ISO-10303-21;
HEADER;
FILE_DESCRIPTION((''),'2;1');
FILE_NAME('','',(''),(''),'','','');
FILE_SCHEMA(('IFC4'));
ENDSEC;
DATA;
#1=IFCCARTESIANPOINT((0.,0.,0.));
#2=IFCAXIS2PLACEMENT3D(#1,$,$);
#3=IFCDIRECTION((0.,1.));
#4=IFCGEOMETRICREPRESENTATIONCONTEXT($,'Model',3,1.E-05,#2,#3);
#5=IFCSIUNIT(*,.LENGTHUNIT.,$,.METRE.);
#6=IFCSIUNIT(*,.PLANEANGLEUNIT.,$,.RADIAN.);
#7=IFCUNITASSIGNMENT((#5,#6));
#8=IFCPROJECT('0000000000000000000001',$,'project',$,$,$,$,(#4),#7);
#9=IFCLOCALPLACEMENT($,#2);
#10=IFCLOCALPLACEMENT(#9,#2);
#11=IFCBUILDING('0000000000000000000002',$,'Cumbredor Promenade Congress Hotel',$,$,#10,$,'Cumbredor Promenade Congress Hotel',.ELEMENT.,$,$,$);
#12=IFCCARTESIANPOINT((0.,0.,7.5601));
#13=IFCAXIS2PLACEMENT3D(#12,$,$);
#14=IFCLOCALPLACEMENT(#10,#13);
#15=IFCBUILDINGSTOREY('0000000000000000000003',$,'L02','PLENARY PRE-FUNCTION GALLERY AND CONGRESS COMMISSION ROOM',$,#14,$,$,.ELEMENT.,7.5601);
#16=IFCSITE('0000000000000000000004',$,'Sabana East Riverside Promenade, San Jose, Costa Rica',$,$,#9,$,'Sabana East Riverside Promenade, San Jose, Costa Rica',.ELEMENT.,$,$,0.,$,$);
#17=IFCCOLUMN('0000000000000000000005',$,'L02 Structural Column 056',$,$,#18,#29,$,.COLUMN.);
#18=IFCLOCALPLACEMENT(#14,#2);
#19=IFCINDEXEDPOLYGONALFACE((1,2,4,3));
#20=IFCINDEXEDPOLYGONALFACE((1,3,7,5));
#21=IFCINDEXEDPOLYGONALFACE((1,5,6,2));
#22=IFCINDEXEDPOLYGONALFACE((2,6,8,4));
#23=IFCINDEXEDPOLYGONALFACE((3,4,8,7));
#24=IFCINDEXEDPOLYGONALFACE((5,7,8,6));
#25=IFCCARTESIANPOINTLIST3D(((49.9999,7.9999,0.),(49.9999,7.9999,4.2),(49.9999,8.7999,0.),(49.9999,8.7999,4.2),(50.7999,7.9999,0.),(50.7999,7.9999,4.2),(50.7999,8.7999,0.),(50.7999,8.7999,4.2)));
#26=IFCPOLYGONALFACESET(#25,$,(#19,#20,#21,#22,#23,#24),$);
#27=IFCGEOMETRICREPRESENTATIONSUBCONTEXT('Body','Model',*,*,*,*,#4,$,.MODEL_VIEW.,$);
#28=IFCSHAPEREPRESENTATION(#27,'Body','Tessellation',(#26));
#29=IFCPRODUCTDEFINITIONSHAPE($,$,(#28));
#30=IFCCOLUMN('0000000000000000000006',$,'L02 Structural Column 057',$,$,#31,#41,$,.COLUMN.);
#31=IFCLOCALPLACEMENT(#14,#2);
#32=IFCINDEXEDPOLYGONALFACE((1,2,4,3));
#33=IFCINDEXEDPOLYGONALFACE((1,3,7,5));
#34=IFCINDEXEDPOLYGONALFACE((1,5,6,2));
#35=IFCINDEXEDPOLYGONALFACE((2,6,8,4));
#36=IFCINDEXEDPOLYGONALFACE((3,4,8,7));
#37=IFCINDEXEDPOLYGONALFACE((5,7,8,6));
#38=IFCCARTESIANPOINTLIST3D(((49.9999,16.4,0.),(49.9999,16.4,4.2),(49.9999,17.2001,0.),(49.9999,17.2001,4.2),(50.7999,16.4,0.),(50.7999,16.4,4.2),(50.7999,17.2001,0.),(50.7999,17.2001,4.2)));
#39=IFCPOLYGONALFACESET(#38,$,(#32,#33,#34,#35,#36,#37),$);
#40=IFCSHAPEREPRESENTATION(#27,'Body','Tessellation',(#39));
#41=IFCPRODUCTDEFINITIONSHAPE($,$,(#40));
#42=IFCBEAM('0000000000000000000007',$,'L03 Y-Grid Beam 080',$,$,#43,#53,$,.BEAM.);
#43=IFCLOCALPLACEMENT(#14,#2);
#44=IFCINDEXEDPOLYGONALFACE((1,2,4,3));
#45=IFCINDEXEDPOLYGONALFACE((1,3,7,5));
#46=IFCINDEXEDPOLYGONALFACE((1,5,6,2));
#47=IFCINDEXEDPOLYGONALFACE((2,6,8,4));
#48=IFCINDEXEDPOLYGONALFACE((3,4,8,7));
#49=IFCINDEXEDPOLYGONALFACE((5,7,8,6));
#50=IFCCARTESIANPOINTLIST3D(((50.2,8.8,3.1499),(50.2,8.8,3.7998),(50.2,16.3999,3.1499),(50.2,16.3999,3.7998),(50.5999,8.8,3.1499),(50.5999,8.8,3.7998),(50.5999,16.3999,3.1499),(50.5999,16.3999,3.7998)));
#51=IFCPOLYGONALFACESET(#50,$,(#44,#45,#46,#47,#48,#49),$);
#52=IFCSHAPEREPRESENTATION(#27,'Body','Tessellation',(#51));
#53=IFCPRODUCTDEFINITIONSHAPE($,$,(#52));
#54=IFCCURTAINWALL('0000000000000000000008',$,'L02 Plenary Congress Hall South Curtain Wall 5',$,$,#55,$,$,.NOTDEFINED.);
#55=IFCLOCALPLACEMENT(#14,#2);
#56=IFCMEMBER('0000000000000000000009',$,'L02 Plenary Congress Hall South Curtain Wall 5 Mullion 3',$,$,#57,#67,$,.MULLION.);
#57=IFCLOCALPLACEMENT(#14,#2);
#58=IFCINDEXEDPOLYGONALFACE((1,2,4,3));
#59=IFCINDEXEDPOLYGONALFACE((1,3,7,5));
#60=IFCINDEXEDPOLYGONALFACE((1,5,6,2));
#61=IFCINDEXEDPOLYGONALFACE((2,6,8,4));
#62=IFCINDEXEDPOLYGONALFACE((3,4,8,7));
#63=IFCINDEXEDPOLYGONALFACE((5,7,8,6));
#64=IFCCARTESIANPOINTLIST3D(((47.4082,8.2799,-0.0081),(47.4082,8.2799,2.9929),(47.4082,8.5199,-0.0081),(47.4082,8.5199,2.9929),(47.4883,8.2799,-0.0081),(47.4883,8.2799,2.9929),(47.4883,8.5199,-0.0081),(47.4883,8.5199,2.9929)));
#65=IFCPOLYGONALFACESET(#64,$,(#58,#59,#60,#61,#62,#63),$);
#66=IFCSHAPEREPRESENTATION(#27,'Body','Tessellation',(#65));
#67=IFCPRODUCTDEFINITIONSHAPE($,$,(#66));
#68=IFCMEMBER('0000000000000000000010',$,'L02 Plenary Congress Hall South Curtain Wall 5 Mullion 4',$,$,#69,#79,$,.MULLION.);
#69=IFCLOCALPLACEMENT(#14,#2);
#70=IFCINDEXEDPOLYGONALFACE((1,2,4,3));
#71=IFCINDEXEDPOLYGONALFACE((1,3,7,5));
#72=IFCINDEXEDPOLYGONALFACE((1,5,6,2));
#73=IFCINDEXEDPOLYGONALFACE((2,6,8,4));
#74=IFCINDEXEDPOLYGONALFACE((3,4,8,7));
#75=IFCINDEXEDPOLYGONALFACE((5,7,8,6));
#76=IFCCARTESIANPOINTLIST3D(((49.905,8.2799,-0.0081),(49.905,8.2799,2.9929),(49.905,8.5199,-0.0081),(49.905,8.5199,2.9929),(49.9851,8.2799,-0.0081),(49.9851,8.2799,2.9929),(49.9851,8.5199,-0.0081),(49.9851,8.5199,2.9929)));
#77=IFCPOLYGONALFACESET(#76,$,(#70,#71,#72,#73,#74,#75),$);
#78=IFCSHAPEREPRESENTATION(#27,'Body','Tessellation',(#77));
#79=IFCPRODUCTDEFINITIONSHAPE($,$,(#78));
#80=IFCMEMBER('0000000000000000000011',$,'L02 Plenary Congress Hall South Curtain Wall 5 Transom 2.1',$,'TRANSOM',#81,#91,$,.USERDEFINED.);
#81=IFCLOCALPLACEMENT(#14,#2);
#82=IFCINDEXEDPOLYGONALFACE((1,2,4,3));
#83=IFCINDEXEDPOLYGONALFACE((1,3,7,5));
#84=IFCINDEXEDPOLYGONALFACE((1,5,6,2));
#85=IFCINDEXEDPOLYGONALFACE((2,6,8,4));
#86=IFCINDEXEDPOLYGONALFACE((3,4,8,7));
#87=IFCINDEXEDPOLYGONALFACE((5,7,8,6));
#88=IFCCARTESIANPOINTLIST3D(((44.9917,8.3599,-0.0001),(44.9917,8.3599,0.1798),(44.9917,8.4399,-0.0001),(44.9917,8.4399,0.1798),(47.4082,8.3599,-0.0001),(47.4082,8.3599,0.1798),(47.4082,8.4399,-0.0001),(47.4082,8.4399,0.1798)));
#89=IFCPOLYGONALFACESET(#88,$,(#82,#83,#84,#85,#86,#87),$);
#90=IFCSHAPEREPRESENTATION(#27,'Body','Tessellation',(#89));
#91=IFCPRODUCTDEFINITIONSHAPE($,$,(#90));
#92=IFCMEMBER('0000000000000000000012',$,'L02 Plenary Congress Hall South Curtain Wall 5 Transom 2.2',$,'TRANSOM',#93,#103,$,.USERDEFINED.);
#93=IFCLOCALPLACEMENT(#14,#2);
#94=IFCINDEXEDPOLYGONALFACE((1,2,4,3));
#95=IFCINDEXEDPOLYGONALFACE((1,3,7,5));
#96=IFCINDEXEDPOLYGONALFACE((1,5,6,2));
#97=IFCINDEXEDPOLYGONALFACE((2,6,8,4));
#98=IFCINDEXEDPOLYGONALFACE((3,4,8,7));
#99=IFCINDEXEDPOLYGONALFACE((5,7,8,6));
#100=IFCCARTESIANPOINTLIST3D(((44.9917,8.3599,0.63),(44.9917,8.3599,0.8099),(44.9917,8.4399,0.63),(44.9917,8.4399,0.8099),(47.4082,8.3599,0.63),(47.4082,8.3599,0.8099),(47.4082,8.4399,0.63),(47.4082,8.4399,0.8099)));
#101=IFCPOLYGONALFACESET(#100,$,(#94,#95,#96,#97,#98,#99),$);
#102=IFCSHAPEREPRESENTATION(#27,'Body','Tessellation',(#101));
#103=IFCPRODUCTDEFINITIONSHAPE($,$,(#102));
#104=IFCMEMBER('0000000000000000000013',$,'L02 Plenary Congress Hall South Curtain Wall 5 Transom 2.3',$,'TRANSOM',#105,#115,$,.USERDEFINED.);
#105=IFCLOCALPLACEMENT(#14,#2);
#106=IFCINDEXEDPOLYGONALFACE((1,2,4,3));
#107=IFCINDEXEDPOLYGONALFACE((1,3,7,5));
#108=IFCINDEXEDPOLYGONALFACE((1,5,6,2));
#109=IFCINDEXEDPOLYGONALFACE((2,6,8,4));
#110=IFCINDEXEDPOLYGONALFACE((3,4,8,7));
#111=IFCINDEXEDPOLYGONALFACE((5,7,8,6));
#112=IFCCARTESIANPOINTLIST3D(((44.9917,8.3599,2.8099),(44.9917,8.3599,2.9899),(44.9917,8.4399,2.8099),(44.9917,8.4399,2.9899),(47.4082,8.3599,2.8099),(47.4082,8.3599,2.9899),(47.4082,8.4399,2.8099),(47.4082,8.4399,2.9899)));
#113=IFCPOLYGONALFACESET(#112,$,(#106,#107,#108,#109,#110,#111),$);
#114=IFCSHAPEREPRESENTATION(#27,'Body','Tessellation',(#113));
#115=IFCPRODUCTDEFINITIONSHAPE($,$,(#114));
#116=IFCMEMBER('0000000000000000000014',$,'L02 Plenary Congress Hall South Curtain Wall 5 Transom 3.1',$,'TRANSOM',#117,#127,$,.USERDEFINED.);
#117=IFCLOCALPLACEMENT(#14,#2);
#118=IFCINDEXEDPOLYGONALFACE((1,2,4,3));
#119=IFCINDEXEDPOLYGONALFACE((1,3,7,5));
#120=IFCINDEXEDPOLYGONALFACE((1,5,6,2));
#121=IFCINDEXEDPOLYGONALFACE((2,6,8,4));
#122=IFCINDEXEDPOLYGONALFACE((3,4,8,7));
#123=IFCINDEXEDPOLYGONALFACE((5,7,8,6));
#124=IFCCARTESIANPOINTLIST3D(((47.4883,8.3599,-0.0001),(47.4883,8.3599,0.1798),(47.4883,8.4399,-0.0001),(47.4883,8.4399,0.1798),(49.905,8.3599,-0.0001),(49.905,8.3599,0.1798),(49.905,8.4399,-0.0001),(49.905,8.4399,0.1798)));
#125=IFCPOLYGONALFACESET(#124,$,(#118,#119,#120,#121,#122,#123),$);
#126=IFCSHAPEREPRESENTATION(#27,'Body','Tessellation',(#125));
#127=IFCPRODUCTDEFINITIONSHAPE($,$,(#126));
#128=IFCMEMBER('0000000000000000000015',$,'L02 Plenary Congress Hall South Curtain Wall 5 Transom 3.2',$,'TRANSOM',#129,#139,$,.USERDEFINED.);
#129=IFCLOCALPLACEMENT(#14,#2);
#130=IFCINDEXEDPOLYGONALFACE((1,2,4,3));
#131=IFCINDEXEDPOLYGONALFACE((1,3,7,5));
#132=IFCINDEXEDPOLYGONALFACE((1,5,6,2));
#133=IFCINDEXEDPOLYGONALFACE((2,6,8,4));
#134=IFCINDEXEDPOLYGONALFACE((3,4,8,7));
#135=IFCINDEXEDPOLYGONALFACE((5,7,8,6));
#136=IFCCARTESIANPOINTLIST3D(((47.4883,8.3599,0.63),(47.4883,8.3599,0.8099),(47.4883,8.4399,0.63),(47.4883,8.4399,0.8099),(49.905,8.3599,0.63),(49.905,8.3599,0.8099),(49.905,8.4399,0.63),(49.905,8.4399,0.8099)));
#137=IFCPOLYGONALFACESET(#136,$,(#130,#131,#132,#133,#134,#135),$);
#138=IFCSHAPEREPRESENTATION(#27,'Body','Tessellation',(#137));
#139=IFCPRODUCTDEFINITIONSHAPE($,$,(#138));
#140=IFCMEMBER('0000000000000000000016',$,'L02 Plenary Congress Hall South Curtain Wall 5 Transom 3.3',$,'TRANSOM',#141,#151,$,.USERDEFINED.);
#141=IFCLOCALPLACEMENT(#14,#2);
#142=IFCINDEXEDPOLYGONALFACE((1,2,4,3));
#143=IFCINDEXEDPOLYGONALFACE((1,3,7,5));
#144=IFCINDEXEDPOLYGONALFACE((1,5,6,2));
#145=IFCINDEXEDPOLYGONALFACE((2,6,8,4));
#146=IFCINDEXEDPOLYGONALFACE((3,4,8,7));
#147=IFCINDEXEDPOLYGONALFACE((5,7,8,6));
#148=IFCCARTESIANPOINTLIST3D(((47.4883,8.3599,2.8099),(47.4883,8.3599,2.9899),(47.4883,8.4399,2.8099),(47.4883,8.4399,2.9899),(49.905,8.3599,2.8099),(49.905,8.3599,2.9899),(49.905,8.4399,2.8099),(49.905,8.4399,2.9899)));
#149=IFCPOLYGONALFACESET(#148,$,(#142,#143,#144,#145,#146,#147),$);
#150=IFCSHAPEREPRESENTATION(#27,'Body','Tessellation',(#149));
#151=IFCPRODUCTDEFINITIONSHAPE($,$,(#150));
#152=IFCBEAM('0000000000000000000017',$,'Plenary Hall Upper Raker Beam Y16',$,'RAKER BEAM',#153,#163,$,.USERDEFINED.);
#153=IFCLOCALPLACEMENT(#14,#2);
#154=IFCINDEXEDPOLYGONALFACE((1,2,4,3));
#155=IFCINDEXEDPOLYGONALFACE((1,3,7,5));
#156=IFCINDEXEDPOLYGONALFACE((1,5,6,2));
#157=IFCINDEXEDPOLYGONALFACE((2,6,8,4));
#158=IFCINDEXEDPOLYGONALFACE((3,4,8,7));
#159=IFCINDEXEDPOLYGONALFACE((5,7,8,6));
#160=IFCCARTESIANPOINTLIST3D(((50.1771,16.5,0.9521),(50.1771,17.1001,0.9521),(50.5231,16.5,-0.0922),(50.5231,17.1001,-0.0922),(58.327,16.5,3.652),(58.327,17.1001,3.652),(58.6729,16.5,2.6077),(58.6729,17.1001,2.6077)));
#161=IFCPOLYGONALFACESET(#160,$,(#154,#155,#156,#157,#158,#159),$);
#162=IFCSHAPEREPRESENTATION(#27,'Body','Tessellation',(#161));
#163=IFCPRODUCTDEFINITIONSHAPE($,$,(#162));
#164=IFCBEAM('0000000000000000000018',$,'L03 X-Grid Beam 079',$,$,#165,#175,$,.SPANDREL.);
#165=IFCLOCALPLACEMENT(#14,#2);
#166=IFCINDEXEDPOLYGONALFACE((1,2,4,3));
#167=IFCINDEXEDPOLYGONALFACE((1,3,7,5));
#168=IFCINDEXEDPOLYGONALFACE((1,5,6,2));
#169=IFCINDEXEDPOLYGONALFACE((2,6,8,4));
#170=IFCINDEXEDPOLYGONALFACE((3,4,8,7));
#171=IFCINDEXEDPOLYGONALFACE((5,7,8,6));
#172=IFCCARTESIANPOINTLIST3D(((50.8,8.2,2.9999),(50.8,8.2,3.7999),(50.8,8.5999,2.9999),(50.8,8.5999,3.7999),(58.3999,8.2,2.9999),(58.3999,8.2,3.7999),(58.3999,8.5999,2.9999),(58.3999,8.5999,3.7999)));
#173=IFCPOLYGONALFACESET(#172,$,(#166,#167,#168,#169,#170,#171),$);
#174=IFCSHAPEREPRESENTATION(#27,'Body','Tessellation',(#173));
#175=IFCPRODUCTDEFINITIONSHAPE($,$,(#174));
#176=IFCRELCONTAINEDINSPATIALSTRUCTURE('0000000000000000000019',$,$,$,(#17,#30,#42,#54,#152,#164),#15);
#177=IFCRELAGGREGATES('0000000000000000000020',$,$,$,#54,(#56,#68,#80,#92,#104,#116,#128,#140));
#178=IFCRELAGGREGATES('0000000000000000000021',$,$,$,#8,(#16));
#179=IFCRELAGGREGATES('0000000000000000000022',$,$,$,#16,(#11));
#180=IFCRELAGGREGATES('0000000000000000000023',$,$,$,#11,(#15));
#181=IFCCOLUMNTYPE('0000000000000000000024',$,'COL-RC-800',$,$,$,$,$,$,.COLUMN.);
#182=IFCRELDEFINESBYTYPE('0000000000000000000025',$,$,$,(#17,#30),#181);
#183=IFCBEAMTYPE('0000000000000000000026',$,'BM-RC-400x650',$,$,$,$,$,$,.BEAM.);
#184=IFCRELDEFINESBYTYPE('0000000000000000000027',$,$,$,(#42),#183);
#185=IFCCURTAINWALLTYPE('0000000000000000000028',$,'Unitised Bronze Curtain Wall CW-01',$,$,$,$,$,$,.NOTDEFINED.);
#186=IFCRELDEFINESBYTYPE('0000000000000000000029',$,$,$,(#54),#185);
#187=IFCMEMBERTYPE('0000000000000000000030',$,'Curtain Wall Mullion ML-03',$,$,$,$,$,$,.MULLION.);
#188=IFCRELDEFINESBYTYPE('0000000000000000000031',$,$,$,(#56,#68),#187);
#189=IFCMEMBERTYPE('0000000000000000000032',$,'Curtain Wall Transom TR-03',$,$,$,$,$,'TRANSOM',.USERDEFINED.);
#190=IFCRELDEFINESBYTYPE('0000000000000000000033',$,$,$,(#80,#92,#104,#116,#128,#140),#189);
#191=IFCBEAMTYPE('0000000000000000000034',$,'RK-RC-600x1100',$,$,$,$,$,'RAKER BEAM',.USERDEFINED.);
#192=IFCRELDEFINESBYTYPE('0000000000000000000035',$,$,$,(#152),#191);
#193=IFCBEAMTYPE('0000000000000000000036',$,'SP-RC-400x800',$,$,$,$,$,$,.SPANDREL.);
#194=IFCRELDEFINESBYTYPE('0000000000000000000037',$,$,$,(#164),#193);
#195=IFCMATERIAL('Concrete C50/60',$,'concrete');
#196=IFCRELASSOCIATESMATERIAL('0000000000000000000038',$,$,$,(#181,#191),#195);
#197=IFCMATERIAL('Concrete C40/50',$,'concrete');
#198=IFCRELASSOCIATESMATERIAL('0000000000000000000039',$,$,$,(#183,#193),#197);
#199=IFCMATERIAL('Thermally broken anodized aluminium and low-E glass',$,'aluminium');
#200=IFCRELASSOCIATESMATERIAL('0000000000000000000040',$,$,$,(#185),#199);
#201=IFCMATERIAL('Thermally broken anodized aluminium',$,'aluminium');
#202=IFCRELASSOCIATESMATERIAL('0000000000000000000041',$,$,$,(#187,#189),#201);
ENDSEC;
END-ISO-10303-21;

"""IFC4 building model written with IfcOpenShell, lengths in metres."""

from ifc_helpers import new_model, si_unit, direction, frame, origin, origin_2d, place, context, subcontext, project, spatial, rectangle, extrude, material, material_profile, profile_set, type_object, element, aggregate, save


model = new_model("IFC4")

# Units and contexts
model_context = context("Model", 3, precision=1e-05, world=origin(), true_north=direction((0.0, 1.0)))
body_context = subcontext(model_context, "Body", "Model", "MODEL_VIEW")
ifc_project = project(units=[si_unit("LENGTHUNIT", "METRE"), si_unit("PLANEANGLEUNIT", "RADIAN")], contexts=[model_context])

# Site, building, storey
site_placement = place(None, origin())
site = spatial("IfcSite", under=ifc_project, at=site_placement, Name="Sabana East Riverside Promenade, San Jose, Costa Rica", LongName="Sabana East Riverside Promenade, San Jose, Costa Rica", CompositionType="ELEMENT", RefElevation=0.0)
building_placement = place(site_placement, origin())
building = spatial("IfcBuilding", under=site, at=building_placement, Name="Cumbredor Promenade Congress Hotel", LongName="Cumbredor Promenade Congress Hotel", CompositionType="ELEMENT")
storey_placement = place(building_placement, frame((0.0, 0.0, 7.5601)))
storey = spatial("IfcBuildingStorey", under=building, at=storey_placement, Name="L02", Description="PLENARY PRE-FUNCTION GALLERY AND CONGRESS COMMISSION ROOM", CompositionType="ELEMENT", Elevation=7.5601)

# Columns
ifc_material_1 = material(Name="Concrete C50/60", Category="concrete")
ifc_material_profile_1 = material_profile(ifc_material_1, rectangle(XDim=0.8, YDim=0.8, at=origin_2d()), Name="RC 800x800")
ifc_profile_set_1 = profile_set([ifc_material_profile_1], Name="Concrete C50/60")
column_type = type_object("IfcColumnType", Name="COL-RC-800", PredefinedType="COLUMN", material=ifc_profile_set_1)
for number, where, z_axis, x_axis, name in (
    (1, (50.3999, 8.3999, 0.0), (0.0, 0.0, 1.0), (1.0, 0.0, 0.0), "L02 Structural Column 056"),
    (2, (50.3999, 16.8, 0.0), (0.0, 0.0, 1.0), (1.0, 0.0, 0.0), "L02 Structural Column 057"),
):
    element("IfcColumn", number, at=place(storey_placement, frame(where, z_axis=z_axis, x_axis=x_axis)), inside=storey, type_object=column_type, Name=name, PredefinedType="COLUMN", context=body_context, shape_type="SweptSolid", body=[
        extrude(rectangle(XDim=0.8, YDim=0.8, at=origin_2d()), origin(), (0.0, 0.0, 1.0), 4.2),
    ])

# Beam
ifc_material_2 = material(Name="Concrete C40/50", Category="concrete")
ifc_material_profile_2 = material_profile(ifc_material_2, rectangle(XDim=0.3999, YDim=0.6499, at=origin_2d()), Name="RC BEAM 400x650")
ifc_profile_set_2 = profile_set([ifc_material_profile_2], Name="Concrete C40/50")
beam_type_1 = type_object("IfcBeamType", Name="BM-RC-400x650", PredefinedType="BEAM", material=ifc_profile_set_2)
beam_1_placement = place(storey_placement, frame((50.3999, 8.8, 3.4749), z_axis=(0.0, 1.0, 0.0), x_axis=(-1.0, 0.0, 0.0)))
element("IfcBeam", 3, at=beam_1_placement, inside=storey, type_object=beam_type_1, Name="L03 Y-Grid Beam 080", PredefinedType="BEAM", context=body_context, shape_type="SweptSolid", body=[
    extrude(rectangle(XDim=0.3999, YDim=0.6499, at=origin_2d()), origin(), (0.0, 0.0, 1.0), 7.5999),
])

# Curtain wall, members
ifc_material_3 = material(Name="Thermally broken anodized aluminium and low-E glass", Category="aluminium")
curtain_wall_type = type_object("IfcCurtainWallType", Name="Unitised Bronze Curtain Wall CW-01", PredefinedType="NOTDEFINED", material=ifc_material_3)
curtain_wall_placement = place(storey_placement, origin())
curtain_wall = element("IfcCurtainWall", 4, at=curtain_wall_placement, inside=storey, type_object=curtain_wall_type, Name="L02 Plenary Congress Hall South Curtain Wall 5", PredefinedType="NOTDEFINED")
ifc_material_4 = material(Name="Thermally broken anodized aluminium", Category="aluminium")
ifc_material_profile_3 = material_profile(ifc_material_4, rectangle(XDim=0.0801, YDim=0.24, at=origin_2d()), Name="ALU MULLION 80x240")
ifc_profile_set_3 = profile_set([ifc_material_profile_3], Name="Thermally broken anodized aluminium")
member_type_1 = type_object("IfcMemberType", Name="Curtain Wall Mullion ML-03", PredefinedType="MULLION", material=ifc_profile_set_3)
member_1_placement = place(storey_placement, frame((47.4482, 8.3999, -0.0081), z_axis=(0.0, 0.0, 1.0), x_axis=(1.0, 0.0, 0.0)))
member_1 = element("IfcMember", 5, at=member_1_placement, type_object=member_type_1, Name="L02 Plenary Congress Hall South Curtain Wall 5 Mullion 3", PredefinedType="MULLION", context=body_context, shape_type="SweptSolid", body=[
    extrude(rectangle(XDim=0.0801, YDim=0.24, at=origin_2d()), origin(), (0.0, 0.0, 1.0), 3.001),
])
member_2_placement = place(storey_placement, frame((49.9451, 8.3999, -0.0081), z_axis=(0.0, 0.0, 1.0), x_axis=(1.0, 0.0, 0.0)))
member_2 = element("IfcMember", 6, at=member_2_placement, type_object=member_type_1, Name="L02 Plenary Congress Hall South Curtain Wall 5 Mullion 4", PredefinedType="MULLION", context=body_context, shape_type="SweptSolid", body=[
    extrude(rectangle(XDim=0.0801, YDim=0.24, at=origin_2d()), origin(), (0.0, 0.0, 1.0), 3.001),
])
ifc_material_profile_4 = material_profile(ifc_material_4, rectangle(XDim=0.0801, YDim=0.1799, at=origin_2d()), Name="ALU TRANSOM 80x180")
ifc_profile_set_4 = profile_set([ifc_material_profile_4], Name="Thermally broken anodized aluminium")
member_type_2 = type_object("IfcMemberType", Name="Curtain Wall Transom TR-03", ElementType="TRANSOM", PredefinedType="USERDEFINED", material=ifc_profile_set_4)
member_3_placement = place(storey_placement, frame((44.9917, 8.3999, 0.0898), z_axis=(1.0, 0.0, 0.0), x_axis=(0.0, 1.0, 0.0)))
member_3 = element("IfcMember", 7, at=member_3_placement, type_object=member_type_2, Name="L02 Plenary Congress Hall South Curtain Wall 5 Transom 2.1", ObjectType="TRANSOM", PredefinedType="USERDEFINED", context=body_context, shape_type="SweptSolid", body=[
    extrude(rectangle(XDim=0.0801, YDim=0.1799, at=origin_2d()), origin(), (0.0, 0.0, 1.0), 2.4165),
])
member_4_placement = place(storey_placement, frame((44.9917, 8.3999, 0.72), z_axis=(1.0, 0.0, 0.0), x_axis=(0.0, 1.0, 0.0)))
member_4 = element("IfcMember", 8, at=member_4_placement, type_object=member_type_2, Name="L02 Plenary Congress Hall South Curtain Wall 5 Transom 2.2", ObjectType="TRANSOM", PredefinedType="USERDEFINED", context=body_context, shape_type="SweptSolid", body=[
    extrude(rectangle(XDim=0.0801, YDim=0.1799, at=origin_2d()), origin(), (0.0, 0.0, 1.0), 2.4165),
])
member_5_placement = place(storey_placement, frame((44.9917, 8.3999, 2.8999), z_axis=(1.0, 0.0, 0.0), x_axis=(0.0, 1.0, 0.0)))
member_5 = element("IfcMember", 9, at=member_5_placement, type_object=member_type_2, Name="L02 Plenary Congress Hall South Curtain Wall 5 Transom 2.3", ObjectType="TRANSOM", PredefinedType="USERDEFINED", context=body_context, shape_type="SweptSolid", body=[
    extrude(rectangle(XDim=0.0801, YDim=0.1799, at=origin_2d()), origin(), (0.0, 0.0, 1.0), 2.4165),
])
member_6_placement = place(storey_placement, frame((47.4883, 8.3999, 0.0898), z_axis=(1.0, 0.0, 0.0), x_axis=(0.0, 1.0, 0.0)))
member_6 = element("IfcMember", 10, at=member_6_placement, type_object=member_type_2, Name="L02 Plenary Congress Hall South Curtain Wall 5 Transom 3.1", ObjectType="TRANSOM", PredefinedType="USERDEFINED", context=body_context, shape_type="SweptSolid", body=[
    extrude(rectangle(XDim=0.0801, YDim=0.1799, at=origin_2d()), origin(), (0.0, 0.0, 1.0), 2.4167),
])
member_7_placement = place(storey_placement, frame((47.4883, 8.3999, 0.72), z_axis=(1.0, 0.0, 0.0), x_axis=(0.0, 1.0, 0.0)))
member_7 = element("IfcMember", 11, at=member_7_placement, type_object=member_type_2, Name="L02 Plenary Congress Hall South Curtain Wall 5 Transom 3.2", ObjectType="TRANSOM", PredefinedType="USERDEFINED", context=body_context, shape_type="SweptSolid", body=[
    extrude(rectangle(XDim=0.0801, YDim=0.1799, at=origin_2d()), origin(), (0.0, 0.0, 1.0), 2.4167),
])
member_8_placement = place(storey_placement, frame((47.4883, 8.3999, 2.8999), z_axis=(1.0, 0.0, 0.0), x_axis=(0.0, 1.0, 0.0)))
member_8 = element("IfcMember", 12, at=member_8_placement, type_object=member_type_2, Name="L02 Plenary Congress Hall South Curtain Wall 5 Transom 3.3", ObjectType="TRANSOM", PredefinedType="USERDEFINED", context=body_context, shape_type="SweptSolid", body=[
    extrude(rectangle(XDim=0.0801, YDim=0.1799, at=origin_2d()), origin(), (0.0, 0.0, 1.0), 2.4167),
])

# Beams
ifc_material_profile_5 = material_profile(ifc_material_1, rectangle(XDim=0.6001, YDim=1.1001, at=origin_2d()), Name="RC RAKER 600x1100")
ifc_profile_set_5 = profile_set([ifc_material_profile_5], Name="Concrete C50/60")
beam_type_2 = type_object("IfcBeamType", Name="RK-RC-600x1100", ElementType="RAKER BEAM", PredefinedType="USERDEFINED", material=ifc_profile_set_5)
beam_2_placement = place(storey_placement, frame((50.3501, 16.8, 0.4299), z_axis=(0.949265, 0.0, 0.314478), x_axis=(0.0, 1.0, 0.0)))
element("IfcBeam", 13, at=beam_2_placement, inside=storey, type_object=beam_type_2, Name="Plenary Hall Upper Raker Beam Y16", ObjectType="RAKER BEAM", PredefinedType="USERDEFINED", context=body_context, shape_type="SweptSolid", body=[
    extrude(rectangle(XDim=0.6001, YDim=1.1001, at=origin_2d()), origin(), (0.0, 0.0, 1.0), 8.5854),
])
ifc_material_profile_6 = material_profile(ifc_material_2, rectangle(XDim=0.3999, YDim=0.8, at=origin_2d()), Name="RC SPANDREL 400x800")
ifc_profile_set_6 = profile_set([ifc_material_profile_6], Name="Concrete C40/50")
beam_type_3 = type_object("IfcBeamType", Name="SP-RC-400x800", PredefinedType="SPANDREL", material=ifc_profile_set_6)
beam_3_placement = place(storey_placement, frame((50.8, 8.3999, 3.3999), z_axis=(1.0, 0.0, 0.0), x_axis=(0.0, 1.0, 0.0)))
element("IfcBeam", 14, at=beam_3_placement, inside=storey, type_object=beam_type_3, Name="L03 X-Grid Beam 079", PredefinedType="SPANDREL", context=body_context, shape_type="SweptSolid", body=[
    extrude(rectangle(XDim=0.3999, YDim=0.8, at=origin_2d()), origin(), (0.0, 0.0, 1.0), 7.5999),
])

aggregate(curtain_wall, [member_1, member_2, member_3, member_4, member_5, member_6, member_7, member_8])

save(model, "model.ifc")
